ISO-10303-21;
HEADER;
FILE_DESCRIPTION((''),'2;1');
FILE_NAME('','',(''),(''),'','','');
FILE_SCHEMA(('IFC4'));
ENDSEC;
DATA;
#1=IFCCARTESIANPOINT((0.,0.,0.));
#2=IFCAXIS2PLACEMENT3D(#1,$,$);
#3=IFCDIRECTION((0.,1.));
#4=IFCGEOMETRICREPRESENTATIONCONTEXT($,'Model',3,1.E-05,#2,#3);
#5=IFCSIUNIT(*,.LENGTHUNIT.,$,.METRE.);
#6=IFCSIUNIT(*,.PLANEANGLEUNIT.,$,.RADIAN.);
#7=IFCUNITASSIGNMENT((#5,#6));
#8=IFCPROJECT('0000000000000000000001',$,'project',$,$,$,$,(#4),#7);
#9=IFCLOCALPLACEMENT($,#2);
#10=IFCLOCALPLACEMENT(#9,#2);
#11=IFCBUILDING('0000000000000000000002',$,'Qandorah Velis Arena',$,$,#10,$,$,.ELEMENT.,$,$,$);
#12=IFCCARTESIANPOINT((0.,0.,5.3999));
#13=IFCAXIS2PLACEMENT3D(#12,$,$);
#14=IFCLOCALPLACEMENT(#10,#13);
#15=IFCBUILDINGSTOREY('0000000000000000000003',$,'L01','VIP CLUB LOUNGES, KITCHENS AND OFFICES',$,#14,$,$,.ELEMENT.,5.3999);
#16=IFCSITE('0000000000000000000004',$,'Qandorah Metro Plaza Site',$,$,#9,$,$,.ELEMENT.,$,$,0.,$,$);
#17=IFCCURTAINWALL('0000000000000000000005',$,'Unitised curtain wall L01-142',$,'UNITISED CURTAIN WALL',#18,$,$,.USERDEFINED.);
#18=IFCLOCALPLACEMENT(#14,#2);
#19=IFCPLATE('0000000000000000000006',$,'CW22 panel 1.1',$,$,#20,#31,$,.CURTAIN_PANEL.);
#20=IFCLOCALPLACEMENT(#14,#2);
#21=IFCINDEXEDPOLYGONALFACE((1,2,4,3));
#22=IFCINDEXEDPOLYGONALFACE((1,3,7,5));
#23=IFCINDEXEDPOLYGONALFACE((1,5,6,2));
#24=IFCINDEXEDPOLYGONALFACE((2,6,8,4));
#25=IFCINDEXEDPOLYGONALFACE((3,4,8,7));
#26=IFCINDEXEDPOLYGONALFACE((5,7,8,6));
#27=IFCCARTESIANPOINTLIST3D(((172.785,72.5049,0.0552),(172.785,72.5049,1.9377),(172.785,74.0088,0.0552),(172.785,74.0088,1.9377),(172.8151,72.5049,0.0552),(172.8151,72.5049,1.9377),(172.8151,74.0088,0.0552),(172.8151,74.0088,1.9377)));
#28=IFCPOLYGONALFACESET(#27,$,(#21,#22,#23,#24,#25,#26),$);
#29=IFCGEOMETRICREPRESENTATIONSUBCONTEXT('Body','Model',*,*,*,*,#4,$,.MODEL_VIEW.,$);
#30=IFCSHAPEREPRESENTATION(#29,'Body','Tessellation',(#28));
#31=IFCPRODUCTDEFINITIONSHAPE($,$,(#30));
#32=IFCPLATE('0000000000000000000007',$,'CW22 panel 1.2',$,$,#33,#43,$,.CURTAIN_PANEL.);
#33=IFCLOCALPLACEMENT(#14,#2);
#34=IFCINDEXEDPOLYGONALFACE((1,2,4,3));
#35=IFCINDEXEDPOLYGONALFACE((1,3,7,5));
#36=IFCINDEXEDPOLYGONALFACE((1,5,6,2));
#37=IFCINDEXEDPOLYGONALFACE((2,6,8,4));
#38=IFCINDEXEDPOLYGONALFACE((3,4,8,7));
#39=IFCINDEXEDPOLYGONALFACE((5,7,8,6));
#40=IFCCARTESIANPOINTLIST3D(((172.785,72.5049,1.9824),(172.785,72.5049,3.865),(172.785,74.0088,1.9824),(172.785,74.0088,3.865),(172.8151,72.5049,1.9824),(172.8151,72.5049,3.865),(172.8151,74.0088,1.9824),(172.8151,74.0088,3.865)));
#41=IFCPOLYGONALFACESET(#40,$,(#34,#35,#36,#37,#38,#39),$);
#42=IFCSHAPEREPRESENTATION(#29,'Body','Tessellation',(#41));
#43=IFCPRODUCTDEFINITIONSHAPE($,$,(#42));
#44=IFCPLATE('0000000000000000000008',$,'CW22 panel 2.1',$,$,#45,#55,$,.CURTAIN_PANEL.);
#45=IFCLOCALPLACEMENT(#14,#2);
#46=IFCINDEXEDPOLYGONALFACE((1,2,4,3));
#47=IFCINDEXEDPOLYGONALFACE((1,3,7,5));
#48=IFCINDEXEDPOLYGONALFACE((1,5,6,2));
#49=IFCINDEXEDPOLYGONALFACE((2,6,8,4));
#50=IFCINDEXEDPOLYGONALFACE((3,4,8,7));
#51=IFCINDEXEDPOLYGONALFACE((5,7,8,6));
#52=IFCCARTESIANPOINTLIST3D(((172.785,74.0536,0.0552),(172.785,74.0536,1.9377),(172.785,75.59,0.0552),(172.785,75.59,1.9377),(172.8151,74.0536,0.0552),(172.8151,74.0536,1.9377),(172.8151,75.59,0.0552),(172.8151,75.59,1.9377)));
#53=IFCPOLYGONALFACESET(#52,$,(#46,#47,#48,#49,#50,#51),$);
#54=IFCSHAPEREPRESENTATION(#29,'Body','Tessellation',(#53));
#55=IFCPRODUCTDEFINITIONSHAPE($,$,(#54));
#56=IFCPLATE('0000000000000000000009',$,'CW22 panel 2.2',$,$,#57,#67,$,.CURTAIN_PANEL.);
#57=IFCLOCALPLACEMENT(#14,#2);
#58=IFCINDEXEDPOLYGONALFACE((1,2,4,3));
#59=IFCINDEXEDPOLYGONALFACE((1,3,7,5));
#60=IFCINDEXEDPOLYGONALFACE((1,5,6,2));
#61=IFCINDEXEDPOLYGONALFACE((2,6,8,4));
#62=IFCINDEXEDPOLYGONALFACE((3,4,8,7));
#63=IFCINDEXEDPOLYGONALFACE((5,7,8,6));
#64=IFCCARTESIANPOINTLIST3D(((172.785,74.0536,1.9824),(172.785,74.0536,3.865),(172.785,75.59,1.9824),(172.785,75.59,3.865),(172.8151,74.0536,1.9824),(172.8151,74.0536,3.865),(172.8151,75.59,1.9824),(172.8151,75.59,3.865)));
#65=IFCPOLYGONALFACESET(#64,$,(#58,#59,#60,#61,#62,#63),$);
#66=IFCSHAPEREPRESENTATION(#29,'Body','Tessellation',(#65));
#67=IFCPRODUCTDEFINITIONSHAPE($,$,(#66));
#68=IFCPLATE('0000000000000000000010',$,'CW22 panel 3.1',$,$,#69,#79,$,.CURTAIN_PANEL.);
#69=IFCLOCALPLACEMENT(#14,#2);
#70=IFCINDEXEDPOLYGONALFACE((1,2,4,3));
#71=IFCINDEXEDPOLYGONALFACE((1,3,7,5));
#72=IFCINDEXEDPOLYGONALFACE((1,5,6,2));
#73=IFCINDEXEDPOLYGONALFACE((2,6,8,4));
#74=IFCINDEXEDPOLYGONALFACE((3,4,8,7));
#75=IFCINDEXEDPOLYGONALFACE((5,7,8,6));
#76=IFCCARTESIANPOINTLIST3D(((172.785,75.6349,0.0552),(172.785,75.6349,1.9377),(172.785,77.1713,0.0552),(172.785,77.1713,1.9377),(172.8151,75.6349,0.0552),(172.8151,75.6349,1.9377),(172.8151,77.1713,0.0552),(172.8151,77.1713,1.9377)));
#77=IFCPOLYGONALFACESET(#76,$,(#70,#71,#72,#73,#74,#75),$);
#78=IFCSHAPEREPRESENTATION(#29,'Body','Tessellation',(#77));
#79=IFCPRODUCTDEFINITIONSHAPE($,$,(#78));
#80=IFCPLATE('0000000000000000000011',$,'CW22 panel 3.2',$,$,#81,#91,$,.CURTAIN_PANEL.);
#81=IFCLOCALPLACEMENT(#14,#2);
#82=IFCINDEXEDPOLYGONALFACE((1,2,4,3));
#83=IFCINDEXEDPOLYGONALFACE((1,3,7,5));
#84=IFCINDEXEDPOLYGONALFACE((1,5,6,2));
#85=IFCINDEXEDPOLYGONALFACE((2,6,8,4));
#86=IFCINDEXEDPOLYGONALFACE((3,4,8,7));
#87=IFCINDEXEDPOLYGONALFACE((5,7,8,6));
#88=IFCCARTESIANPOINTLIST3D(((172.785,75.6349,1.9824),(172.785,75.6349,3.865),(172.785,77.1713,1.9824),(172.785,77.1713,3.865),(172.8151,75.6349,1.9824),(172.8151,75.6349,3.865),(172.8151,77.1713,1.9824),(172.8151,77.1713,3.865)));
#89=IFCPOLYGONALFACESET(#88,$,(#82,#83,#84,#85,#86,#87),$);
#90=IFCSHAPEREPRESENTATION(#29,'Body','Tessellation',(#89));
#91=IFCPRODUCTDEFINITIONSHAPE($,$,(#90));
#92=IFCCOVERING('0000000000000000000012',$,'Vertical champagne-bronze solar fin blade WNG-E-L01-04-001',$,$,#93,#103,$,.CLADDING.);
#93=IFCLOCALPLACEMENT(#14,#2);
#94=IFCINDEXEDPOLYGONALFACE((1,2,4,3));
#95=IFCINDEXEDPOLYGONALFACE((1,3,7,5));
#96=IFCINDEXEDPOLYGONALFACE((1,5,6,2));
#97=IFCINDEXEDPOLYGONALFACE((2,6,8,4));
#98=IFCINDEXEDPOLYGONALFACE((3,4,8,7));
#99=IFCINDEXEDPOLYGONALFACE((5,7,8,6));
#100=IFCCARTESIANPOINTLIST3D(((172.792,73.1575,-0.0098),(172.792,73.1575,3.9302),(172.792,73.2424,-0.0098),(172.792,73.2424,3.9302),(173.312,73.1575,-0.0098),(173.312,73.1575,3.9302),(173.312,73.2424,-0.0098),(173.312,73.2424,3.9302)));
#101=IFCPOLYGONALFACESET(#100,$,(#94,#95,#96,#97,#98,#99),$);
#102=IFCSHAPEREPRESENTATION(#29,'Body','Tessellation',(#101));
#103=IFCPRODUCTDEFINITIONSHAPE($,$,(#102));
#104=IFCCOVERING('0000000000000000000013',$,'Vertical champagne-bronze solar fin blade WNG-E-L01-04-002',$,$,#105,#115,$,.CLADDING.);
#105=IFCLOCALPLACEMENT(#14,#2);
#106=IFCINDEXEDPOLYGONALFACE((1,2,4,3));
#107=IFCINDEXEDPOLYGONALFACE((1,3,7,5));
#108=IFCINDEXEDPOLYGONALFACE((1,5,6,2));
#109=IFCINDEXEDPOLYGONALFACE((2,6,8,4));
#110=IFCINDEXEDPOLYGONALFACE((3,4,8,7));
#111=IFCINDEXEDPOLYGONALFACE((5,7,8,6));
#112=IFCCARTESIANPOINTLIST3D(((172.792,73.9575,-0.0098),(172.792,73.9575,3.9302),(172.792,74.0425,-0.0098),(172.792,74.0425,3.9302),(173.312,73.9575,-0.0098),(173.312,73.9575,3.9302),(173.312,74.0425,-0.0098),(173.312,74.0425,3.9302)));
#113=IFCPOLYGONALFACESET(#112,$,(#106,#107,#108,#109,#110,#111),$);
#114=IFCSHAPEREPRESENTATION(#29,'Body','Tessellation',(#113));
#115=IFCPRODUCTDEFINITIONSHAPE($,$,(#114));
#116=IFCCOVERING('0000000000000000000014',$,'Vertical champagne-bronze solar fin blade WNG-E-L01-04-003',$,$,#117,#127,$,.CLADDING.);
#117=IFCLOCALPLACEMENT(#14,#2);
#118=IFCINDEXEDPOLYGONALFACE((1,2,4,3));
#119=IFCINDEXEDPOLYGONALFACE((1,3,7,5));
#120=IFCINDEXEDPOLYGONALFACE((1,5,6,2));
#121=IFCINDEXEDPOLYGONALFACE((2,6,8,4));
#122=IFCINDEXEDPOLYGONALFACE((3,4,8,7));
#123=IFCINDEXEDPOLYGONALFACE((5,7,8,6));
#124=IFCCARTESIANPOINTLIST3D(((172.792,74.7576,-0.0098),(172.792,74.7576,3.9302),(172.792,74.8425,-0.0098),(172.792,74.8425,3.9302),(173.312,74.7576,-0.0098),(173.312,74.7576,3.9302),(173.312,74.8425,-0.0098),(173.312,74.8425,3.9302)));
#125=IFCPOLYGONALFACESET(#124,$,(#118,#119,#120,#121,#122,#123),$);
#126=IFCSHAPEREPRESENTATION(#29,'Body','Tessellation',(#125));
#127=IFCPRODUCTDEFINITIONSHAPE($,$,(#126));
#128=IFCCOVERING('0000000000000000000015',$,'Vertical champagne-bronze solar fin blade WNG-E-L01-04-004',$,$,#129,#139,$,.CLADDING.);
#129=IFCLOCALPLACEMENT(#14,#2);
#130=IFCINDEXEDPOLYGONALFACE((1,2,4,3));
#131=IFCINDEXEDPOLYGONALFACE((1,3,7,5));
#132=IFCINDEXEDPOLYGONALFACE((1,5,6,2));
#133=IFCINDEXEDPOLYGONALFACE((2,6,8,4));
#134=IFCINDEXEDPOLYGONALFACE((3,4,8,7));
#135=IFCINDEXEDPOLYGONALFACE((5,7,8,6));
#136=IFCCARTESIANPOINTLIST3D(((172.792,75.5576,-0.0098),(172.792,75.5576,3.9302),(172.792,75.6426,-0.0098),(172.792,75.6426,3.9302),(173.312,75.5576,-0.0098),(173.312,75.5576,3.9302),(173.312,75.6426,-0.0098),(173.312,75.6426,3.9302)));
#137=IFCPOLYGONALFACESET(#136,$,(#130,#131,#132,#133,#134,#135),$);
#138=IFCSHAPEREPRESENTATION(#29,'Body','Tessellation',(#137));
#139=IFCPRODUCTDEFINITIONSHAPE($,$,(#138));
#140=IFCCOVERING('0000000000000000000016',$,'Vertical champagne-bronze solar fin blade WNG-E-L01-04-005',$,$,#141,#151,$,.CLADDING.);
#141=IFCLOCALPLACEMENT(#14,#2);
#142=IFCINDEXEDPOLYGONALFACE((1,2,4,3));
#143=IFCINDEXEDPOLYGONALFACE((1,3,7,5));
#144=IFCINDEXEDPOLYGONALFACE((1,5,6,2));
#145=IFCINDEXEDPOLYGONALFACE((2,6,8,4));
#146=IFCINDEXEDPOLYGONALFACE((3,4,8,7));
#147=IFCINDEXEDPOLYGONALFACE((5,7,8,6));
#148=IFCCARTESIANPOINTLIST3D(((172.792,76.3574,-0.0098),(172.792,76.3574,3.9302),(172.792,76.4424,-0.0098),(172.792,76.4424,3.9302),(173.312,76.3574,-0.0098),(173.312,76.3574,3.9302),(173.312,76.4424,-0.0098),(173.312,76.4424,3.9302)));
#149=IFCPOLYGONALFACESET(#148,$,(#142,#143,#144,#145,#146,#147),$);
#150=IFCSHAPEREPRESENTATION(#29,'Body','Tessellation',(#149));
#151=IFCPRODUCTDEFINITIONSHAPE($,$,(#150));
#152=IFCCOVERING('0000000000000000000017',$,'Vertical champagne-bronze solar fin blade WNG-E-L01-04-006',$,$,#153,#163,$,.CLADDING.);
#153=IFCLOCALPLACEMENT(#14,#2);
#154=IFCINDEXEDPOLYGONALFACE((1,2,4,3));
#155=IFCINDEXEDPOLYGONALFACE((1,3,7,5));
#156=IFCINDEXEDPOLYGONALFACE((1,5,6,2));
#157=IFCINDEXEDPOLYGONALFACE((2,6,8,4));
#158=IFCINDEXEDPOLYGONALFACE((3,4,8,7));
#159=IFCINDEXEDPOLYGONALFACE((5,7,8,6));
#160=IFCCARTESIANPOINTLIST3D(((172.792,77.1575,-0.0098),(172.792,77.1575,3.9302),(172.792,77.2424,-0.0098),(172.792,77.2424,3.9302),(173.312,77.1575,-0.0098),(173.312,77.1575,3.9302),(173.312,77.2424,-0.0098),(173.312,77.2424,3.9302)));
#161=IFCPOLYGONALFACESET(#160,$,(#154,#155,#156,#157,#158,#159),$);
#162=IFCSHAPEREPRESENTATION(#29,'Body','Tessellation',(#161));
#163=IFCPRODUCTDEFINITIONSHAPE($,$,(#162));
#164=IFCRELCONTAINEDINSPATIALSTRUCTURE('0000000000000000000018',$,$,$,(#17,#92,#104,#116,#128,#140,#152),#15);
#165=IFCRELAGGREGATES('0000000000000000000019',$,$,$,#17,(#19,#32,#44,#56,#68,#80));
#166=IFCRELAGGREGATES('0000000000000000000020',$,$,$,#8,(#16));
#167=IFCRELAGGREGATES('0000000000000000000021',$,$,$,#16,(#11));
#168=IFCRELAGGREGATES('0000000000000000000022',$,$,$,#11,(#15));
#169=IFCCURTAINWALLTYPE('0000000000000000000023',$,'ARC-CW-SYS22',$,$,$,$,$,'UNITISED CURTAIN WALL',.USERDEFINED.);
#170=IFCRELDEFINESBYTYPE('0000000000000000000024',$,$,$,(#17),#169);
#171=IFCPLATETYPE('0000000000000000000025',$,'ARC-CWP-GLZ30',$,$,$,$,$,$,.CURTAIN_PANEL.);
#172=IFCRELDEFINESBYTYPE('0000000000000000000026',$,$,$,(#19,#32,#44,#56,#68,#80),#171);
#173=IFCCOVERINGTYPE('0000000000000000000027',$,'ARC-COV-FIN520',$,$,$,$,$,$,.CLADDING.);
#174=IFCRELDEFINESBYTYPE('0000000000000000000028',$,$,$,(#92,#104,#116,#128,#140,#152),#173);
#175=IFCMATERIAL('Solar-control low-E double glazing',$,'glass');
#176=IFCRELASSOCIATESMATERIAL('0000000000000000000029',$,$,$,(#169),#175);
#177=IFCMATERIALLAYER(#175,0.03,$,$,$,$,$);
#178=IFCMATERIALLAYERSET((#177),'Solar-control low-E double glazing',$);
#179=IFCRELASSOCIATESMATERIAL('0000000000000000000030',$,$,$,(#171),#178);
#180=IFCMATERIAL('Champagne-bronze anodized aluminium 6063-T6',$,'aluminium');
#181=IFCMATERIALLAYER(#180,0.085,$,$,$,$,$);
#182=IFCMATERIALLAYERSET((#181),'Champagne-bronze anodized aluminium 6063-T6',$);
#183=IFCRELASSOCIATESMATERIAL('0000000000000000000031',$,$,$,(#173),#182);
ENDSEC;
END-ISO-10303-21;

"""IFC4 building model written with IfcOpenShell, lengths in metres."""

from ifc_helpers import new_model, si_unit, direction, frame, origin, origin_2d, place, context, subcontext, project, spatial, rectangle, extrude, material, layer, layer_set, type_object, element, aggregate, save


model = new_model("IFC4")

# Units and contexts
model_context = context("Model", 3, precision=1e-05, world=origin(), true_north=direction((0.0, 1.0)))
body_context = subcontext(model_context, "Body", "Model", "MODEL_VIEW")
ifc_project = project(units=[si_unit("LENGTHUNIT", "METRE"), si_unit("PLANEANGLEUNIT", "RADIAN")], contexts=[model_context])

# Site, building, storey
site_placement = place(None, origin())
site = spatial("IfcSite", under=ifc_project, at=site_placement, Name="Qandorah Metro Plaza Site", CompositionType="ELEMENT", RefElevation=0.0)
building_placement = place(site_placement, origin())
building = spatial("IfcBuilding", under=site, at=building_placement, Name="Qandorah Velis Arena", CompositionType="ELEMENT")
storey_placement = place(building_placement, frame((0.0, 0.0, 5.3999)))
storey = spatial("IfcBuildingStorey", under=building, at=storey_placement, Name="L01", Description="VIP CLUB LOUNGES, KITCHENS AND OFFICES", CompositionType="ELEMENT", Elevation=5.3999)

# Curtain wall, plates
ifc_material_1 = material(Name="Solar-control low-E double glazing", Category="glass")
curtain_wall_type = type_object("IfcCurtainWallType", Name="ARC-CW-SYS22", ElementType="UNITISED CURTAIN WALL", PredefinedType="USERDEFINED", material=ifc_material_1)
curtain_wall_placement = place(storey_placement, origin())
curtain_wall = element("IfcCurtainWall", 1, at=curtain_wall_placement, inside=storey, type_object=curtain_wall_type, Name="Unitised curtain wall L01-142", ObjectType="UNITISED CURTAIN WALL", PredefinedType="USERDEFINED")
ifc_material_2 = material(Name="Champagne-bronze anodized aluminium 6063-T6", Category="aluminium")
ifc_layer_1 = layer(ifc_material_1, 0.03)
ifc_layer_set_1 = layer_set([ifc_layer_1], Name="Solar-control low-E double glazing")
plate_type = type_object("IfcPlateType", Name="ARC-CWP-GLZ30", PredefinedType="CURTAIN_PANEL", material=ifc_layer_set_1)
plate_1_placement = place(storey_placement, frame((172.8, 73.2568, 0.0552), z_axis=(0.0, 0.0, 1.0), x_axis=(0.0, 1.0, 0.0)))
plate_1 = element("IfcPlate", 2, at=plate_1_placement, type_object=plate_type, Name="CW22 panel 1.1", PredefinedType="CURTAIN_PANEL", context=body_context, shape_type="SweptSolid", body=[
    extrude(rectangle(XDim=1.5039, YDim=0.03, at=origin_2d()), origin(), (0.0, 0.0, 1.0), 1.8826),
])
plate_2_placement = place(storey_placement, frame((172.8, 73.2568, 1.9824), z_axis=(0.0, 0.0, 1.0), x_axis=(0.0, 1.0, 0.0)))
plate_2 = element("IfcPlate", 3, at=plate_2_placement, type_object=plate_type, Name="CW22 panel 1.2", PredefinedType="CURTAIN_PANEL", context=body_context, shape_type="SweptSolid", body=[
    extrude(rectangle(XDim=1.5039, YDim=0.03, at=origin_2d()), origin(), (0.0, 0.0, 1.0), 1.8826),
])
plate_3_placement = place(storey_placement, frame((172.8, 74.8218, 0.0552), z_axis=(0.0, 0.0, 1.0), x_axis=(0.0, 1.0, 0.0)))
plate_3 = element("IfcPlate", 4, at=plate_3_placement, type_object=plate_type, Name="CW22 panel 2.1", PredefinedType="CURTAIN_PANEL", context=body_context, shape_type="SweptSolid", body=[
    extrude(rectangle(XDim=1.5364, YDim=0.03, at=origin_2d()), origin(), (0.0, 0.0, 1.0), 1.8826),
])
plate_4_placement = place(storey_placement, frame((172.8, 74.8218, 1.9824), z_axis=(0.0, 0.0, 1.0), x_axis=(0.0, 1.0, 0.0)))
plate_4 = element("IfcPlate", 5, at=plate_4_placement, type_object=plate_type, Name="CW22 panel 2.2", PredefinedType="CURTAIN_PANEL", context=body_context, shape_type="SweptSolid", body=[
    extrude(rectangle(XDim=1.5364, YDim=0.03, at=origin_2d()), origin(), (0.0, 0.0, 1.0), 1.8826),
])
plate_5_placement = place(storey_placement, frame((172.8, 76.4031, 0.0552), z_axis=(0.0, 0.0, 1.0), x_axis=(0.0, 1.0, 0.0)))
plate_5 = element("IfcPlate", 6, at=plate_5_placement, type_object=plate_type, Name="CW22 panel 3.1", PredefinedType="CURTAIN_PANEL", context=body_context, shape_type="SweptSolid", body=[
    extrude(rectangle(XDim=1.5364, YDim=0.03, at=origin_2d()), origin(), (0.0, 0.0, 1.0), 1.8826),
])
plate_6_placement = place(storey_placement, frame((172.8, 76.4031, 1.9824), z_axis=(0.0, 0.0, 1.0), x_axis=(0.0, 1.0, 0.0)))
plate_6 = element("IfcPlate", 7, at=plate_6_placement, type_object=plate_type, Name="CW22 panel 3.2", PredefinedType="CURTAIN_PANEL", context=body_context, shape_type="SweptSolid", body=[
    extrude(rectangle(XDim=1.5364, YDim=0.03, at=origin_2d()), origin(), (0.0, 0.0, 1.0), 1.8826),
])
aggregate(curtain_wall, [plate_1, plate_2, plate_3, plate_4, plate_5, plate_6])

# Coverings
ifc_layer_2 = layer(ifc_material_2, 0.085)
ifc_layer_set_2 = layer_set([ifc_layer_2], Name="Champagne-bronze anodized aluminium 6063-T6")
covering_type = type_object("IfcCoveringType", Name="ARC-COV-FIN520", PredefinedType="CLADDING", material=ifc_layer_set_2)
for number, where, z_axis, x_axis, name in (
    (8, (173.052, 73.2, -0.0098), (0.0, 0.0, 1.0), (1.0, 0.0, 0.0), "Vertical champagne-bronze solar fin blade WNG-E-L01-04-001"),
    (9, (173.052, 74.0, -0.0098), (0.0, 0.0, 1.0), (1.0, 0.0, 0.0), "Vertical champagne-bronze solar fin blade WNG-E-L01-04-002"),
    (10, (173.052, 74.8, -0.0098), (0.0, 0.0, 1.0), (1.0, 0.0, 0.0), "Vertical champagne-bronze solar fin blade WNG-E-L01-04-003"),
    (11, (173.052, 75.6001, -0.0098), (0.0, 0.0, 1.0), (1.0, 0.0, 0.0), "Vertical champagne-bronze solar fin blade WNG-E-L01-04-004"),
    (12, (173.052, 76.3999, -0.0098), (0.0, 0.0, 1.0), (1.0, 0.0, 0.0), "Vertical champagne-bronze solar fin blade WNG-E-L01-04-005"),
    (13, (173.052, 77.2, -0.0098), (0.0, 0.0, 1.0), (1.0, 0.0, 0.0), "Vertical champagne-bronze solar fin blade WNG-E-L01-04-006"),
):
    element("IfcCovering", number, at=place(storey_placement, frame(where, z_axis=z_axis, x_axis=x_axis)), inside=storey, type_object=covering_type, Name=name, PredefinedType="CLADDING", context=body_context, shape_type="SweptSolid", body=[
        extrude(rectangle(XDim=0.52, YDim=0.085, at=origin_2d()), origin(), (0.0, 0.0, 1.0), 3.9399),
    ])

save(model, "model.ifc")
